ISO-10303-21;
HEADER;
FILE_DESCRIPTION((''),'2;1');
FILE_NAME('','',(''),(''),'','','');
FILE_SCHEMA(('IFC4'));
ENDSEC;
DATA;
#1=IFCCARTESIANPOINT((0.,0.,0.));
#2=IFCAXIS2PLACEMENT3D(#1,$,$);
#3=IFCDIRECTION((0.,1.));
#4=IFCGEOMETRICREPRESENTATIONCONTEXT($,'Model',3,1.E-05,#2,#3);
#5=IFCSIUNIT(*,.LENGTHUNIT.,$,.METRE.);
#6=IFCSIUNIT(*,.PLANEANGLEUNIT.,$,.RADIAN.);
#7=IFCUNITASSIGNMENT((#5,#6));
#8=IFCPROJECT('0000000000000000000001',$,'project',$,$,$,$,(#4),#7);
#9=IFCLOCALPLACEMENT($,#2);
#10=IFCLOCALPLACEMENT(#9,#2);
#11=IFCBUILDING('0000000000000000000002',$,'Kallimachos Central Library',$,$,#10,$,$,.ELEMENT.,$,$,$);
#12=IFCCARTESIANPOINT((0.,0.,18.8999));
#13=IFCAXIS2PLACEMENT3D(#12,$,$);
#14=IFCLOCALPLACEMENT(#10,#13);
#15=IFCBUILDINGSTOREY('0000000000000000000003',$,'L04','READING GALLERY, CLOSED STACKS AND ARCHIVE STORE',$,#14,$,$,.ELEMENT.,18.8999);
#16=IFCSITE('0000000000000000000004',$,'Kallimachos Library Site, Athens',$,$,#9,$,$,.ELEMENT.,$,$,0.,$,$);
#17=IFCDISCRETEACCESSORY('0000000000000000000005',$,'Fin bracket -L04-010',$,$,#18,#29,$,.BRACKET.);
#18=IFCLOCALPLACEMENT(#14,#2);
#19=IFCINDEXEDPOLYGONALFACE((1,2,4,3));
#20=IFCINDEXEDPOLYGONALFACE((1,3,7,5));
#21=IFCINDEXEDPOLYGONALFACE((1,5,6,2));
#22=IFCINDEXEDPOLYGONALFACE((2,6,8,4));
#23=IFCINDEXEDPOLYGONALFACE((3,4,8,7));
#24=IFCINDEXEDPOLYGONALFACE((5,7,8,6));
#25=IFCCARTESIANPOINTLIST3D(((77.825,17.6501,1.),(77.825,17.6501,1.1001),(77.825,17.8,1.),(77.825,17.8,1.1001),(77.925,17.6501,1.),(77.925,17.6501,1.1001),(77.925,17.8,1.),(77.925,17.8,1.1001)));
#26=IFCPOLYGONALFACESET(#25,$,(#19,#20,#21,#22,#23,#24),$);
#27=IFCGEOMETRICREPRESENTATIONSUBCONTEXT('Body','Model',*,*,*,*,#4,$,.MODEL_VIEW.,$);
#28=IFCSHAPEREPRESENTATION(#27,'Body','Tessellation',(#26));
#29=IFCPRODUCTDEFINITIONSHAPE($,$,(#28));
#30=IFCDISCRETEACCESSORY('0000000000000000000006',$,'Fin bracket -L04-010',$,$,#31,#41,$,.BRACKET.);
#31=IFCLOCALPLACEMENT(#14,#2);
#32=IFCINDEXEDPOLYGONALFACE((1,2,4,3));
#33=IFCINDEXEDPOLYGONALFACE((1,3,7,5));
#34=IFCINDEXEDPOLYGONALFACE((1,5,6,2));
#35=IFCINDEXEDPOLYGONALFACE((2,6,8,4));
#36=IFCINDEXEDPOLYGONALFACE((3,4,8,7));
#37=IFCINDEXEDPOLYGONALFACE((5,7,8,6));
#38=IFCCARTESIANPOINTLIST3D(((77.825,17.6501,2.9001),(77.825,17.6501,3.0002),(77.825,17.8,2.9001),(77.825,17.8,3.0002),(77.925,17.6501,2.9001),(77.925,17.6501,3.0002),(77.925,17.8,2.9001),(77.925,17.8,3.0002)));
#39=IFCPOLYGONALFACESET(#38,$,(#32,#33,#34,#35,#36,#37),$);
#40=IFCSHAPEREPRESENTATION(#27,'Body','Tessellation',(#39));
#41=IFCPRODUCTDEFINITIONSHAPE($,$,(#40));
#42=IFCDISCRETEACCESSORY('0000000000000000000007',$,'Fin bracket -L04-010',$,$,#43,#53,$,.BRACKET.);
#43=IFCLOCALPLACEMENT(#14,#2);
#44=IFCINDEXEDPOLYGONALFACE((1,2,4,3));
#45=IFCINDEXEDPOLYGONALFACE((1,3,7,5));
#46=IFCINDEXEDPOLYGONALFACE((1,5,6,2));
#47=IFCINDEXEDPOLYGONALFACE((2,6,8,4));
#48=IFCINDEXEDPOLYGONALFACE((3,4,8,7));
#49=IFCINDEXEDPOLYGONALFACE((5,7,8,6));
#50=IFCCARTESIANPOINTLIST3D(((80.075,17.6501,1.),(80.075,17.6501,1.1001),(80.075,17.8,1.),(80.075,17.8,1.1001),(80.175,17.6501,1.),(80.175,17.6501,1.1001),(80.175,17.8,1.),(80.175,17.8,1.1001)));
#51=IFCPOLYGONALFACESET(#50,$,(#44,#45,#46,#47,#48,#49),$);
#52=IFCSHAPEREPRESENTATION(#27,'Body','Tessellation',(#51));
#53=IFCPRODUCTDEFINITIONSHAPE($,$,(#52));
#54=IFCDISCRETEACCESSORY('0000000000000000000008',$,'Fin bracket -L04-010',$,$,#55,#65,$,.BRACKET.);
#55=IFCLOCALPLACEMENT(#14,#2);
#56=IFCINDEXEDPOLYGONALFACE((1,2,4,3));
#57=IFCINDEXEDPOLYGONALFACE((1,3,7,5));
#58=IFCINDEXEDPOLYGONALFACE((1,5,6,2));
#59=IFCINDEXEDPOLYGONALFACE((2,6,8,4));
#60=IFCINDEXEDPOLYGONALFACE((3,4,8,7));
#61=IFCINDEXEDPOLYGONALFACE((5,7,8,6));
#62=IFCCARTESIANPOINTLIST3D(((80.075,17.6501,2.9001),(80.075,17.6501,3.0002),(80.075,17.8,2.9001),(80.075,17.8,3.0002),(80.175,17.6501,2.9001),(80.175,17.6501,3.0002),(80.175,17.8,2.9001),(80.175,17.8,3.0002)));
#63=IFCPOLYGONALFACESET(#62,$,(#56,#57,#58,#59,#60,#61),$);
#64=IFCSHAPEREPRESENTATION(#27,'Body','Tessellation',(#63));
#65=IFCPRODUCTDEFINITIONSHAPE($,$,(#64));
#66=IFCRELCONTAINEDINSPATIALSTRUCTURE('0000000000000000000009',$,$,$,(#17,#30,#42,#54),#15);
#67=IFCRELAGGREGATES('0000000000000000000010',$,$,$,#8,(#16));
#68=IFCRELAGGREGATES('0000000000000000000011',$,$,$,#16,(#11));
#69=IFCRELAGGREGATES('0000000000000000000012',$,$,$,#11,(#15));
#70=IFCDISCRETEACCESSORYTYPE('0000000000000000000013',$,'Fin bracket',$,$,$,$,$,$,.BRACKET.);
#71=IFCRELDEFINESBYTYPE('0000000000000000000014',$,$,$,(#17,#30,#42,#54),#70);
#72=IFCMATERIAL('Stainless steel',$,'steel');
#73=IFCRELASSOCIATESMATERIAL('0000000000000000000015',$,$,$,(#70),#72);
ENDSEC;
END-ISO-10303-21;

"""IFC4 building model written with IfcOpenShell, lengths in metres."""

from ifc_helpers import new_model, si_unit, direction, frame, origin, origin_2d, place, context, subcontext, project, spatial, rectangle, extrude, material, type_object, element, save


model = new_model("IFC4")

# Units and contexts
model_context = context("Model", 3, precision=1e-05, world=origin(), true_north=direction((0.0, 1.0)))
body_context = subcontext(model_context, "Body", "Model", "MODEL_VIEW")
ifc_project = project(units=[si_unit("LENGTHUNIT", "METRE"), si_unit("PLANEANGLEUNIT", "RADIAN")], contexts=[model_context])

# Site, building, storey
site_placement = place(None, origin())
site = spatial("IfcSite", under=ifc_project, at=site_placement, Name="Kallimachos Library Site, Athens", CompositionType="ELEMENT", RefElevation=0.0)
building_placement = place(site_placement, origin())
building = spatial("IfcBuilding", under=site, at=building_placement, Name="Kallimachos Central Library", CompositionType="ELEMENT")
storey_placement = place(building_placement, frame((0.0, 0.0, 18.8999)))
storey = spatial("IfcBuildingStorey", under=building, at=storey_placement, Name="L04", Description="READING GALLERY, CLOSED STACKS AND ARCHIVE STORE", CompositionType="ELEMENT", Elevation=18.8999)

# Discrete accessories
ifc_material_1 = material(Name="Stainless steel", Category="steel")
discrete_accessory_type = type_object("IfcDiscreteAccessoryType", Name="Fin bracket", PredefinedType="BRACKET", material=ifc_material_1)
for number, where, z_axis, x_axis, name in (
    (1, (77.875, 17.7251, 1.0), (0.0, 0.0, 1.0), (1.0, 0.0, 0.0), "Fin bracket -L04-010"),
    (2, (77.875, 17.7251, 2.9001), (0.0, 0.0, 1.0), (1.0, 0.0, 0.0), "Fin bracket -L04-010"),
    (3, (80.125, 17.7251, 1.0), (0.0, 0.0, 1.0), (1.0, 0.0, 0.0), "Fin bracket -L04-010"),
    (4, (80.125, 17.7251, 2.9001), (0.0, 0.0, 1.0), (1.0, 0.0, 0.0), "Fin bracket -L04-010"),
):
    element("IfcDiscreteAccessory", number, at=place(storey_placement, frame(where, z_axis=z_axis, x_axis=x_axis)), inside=storey, type_object=discrete_accessory_type, Name=name, PredefinedType="BRACKET", context=body_context, shape_type="SweptSolid", body=[
        extrude(rectangle(XDim=0.1001, YDim=0.1499, at=origin_2d()), origin(), (0.0, 0.0, 1.0), 0.1001),
    ])

save(model, "model.ifc")
